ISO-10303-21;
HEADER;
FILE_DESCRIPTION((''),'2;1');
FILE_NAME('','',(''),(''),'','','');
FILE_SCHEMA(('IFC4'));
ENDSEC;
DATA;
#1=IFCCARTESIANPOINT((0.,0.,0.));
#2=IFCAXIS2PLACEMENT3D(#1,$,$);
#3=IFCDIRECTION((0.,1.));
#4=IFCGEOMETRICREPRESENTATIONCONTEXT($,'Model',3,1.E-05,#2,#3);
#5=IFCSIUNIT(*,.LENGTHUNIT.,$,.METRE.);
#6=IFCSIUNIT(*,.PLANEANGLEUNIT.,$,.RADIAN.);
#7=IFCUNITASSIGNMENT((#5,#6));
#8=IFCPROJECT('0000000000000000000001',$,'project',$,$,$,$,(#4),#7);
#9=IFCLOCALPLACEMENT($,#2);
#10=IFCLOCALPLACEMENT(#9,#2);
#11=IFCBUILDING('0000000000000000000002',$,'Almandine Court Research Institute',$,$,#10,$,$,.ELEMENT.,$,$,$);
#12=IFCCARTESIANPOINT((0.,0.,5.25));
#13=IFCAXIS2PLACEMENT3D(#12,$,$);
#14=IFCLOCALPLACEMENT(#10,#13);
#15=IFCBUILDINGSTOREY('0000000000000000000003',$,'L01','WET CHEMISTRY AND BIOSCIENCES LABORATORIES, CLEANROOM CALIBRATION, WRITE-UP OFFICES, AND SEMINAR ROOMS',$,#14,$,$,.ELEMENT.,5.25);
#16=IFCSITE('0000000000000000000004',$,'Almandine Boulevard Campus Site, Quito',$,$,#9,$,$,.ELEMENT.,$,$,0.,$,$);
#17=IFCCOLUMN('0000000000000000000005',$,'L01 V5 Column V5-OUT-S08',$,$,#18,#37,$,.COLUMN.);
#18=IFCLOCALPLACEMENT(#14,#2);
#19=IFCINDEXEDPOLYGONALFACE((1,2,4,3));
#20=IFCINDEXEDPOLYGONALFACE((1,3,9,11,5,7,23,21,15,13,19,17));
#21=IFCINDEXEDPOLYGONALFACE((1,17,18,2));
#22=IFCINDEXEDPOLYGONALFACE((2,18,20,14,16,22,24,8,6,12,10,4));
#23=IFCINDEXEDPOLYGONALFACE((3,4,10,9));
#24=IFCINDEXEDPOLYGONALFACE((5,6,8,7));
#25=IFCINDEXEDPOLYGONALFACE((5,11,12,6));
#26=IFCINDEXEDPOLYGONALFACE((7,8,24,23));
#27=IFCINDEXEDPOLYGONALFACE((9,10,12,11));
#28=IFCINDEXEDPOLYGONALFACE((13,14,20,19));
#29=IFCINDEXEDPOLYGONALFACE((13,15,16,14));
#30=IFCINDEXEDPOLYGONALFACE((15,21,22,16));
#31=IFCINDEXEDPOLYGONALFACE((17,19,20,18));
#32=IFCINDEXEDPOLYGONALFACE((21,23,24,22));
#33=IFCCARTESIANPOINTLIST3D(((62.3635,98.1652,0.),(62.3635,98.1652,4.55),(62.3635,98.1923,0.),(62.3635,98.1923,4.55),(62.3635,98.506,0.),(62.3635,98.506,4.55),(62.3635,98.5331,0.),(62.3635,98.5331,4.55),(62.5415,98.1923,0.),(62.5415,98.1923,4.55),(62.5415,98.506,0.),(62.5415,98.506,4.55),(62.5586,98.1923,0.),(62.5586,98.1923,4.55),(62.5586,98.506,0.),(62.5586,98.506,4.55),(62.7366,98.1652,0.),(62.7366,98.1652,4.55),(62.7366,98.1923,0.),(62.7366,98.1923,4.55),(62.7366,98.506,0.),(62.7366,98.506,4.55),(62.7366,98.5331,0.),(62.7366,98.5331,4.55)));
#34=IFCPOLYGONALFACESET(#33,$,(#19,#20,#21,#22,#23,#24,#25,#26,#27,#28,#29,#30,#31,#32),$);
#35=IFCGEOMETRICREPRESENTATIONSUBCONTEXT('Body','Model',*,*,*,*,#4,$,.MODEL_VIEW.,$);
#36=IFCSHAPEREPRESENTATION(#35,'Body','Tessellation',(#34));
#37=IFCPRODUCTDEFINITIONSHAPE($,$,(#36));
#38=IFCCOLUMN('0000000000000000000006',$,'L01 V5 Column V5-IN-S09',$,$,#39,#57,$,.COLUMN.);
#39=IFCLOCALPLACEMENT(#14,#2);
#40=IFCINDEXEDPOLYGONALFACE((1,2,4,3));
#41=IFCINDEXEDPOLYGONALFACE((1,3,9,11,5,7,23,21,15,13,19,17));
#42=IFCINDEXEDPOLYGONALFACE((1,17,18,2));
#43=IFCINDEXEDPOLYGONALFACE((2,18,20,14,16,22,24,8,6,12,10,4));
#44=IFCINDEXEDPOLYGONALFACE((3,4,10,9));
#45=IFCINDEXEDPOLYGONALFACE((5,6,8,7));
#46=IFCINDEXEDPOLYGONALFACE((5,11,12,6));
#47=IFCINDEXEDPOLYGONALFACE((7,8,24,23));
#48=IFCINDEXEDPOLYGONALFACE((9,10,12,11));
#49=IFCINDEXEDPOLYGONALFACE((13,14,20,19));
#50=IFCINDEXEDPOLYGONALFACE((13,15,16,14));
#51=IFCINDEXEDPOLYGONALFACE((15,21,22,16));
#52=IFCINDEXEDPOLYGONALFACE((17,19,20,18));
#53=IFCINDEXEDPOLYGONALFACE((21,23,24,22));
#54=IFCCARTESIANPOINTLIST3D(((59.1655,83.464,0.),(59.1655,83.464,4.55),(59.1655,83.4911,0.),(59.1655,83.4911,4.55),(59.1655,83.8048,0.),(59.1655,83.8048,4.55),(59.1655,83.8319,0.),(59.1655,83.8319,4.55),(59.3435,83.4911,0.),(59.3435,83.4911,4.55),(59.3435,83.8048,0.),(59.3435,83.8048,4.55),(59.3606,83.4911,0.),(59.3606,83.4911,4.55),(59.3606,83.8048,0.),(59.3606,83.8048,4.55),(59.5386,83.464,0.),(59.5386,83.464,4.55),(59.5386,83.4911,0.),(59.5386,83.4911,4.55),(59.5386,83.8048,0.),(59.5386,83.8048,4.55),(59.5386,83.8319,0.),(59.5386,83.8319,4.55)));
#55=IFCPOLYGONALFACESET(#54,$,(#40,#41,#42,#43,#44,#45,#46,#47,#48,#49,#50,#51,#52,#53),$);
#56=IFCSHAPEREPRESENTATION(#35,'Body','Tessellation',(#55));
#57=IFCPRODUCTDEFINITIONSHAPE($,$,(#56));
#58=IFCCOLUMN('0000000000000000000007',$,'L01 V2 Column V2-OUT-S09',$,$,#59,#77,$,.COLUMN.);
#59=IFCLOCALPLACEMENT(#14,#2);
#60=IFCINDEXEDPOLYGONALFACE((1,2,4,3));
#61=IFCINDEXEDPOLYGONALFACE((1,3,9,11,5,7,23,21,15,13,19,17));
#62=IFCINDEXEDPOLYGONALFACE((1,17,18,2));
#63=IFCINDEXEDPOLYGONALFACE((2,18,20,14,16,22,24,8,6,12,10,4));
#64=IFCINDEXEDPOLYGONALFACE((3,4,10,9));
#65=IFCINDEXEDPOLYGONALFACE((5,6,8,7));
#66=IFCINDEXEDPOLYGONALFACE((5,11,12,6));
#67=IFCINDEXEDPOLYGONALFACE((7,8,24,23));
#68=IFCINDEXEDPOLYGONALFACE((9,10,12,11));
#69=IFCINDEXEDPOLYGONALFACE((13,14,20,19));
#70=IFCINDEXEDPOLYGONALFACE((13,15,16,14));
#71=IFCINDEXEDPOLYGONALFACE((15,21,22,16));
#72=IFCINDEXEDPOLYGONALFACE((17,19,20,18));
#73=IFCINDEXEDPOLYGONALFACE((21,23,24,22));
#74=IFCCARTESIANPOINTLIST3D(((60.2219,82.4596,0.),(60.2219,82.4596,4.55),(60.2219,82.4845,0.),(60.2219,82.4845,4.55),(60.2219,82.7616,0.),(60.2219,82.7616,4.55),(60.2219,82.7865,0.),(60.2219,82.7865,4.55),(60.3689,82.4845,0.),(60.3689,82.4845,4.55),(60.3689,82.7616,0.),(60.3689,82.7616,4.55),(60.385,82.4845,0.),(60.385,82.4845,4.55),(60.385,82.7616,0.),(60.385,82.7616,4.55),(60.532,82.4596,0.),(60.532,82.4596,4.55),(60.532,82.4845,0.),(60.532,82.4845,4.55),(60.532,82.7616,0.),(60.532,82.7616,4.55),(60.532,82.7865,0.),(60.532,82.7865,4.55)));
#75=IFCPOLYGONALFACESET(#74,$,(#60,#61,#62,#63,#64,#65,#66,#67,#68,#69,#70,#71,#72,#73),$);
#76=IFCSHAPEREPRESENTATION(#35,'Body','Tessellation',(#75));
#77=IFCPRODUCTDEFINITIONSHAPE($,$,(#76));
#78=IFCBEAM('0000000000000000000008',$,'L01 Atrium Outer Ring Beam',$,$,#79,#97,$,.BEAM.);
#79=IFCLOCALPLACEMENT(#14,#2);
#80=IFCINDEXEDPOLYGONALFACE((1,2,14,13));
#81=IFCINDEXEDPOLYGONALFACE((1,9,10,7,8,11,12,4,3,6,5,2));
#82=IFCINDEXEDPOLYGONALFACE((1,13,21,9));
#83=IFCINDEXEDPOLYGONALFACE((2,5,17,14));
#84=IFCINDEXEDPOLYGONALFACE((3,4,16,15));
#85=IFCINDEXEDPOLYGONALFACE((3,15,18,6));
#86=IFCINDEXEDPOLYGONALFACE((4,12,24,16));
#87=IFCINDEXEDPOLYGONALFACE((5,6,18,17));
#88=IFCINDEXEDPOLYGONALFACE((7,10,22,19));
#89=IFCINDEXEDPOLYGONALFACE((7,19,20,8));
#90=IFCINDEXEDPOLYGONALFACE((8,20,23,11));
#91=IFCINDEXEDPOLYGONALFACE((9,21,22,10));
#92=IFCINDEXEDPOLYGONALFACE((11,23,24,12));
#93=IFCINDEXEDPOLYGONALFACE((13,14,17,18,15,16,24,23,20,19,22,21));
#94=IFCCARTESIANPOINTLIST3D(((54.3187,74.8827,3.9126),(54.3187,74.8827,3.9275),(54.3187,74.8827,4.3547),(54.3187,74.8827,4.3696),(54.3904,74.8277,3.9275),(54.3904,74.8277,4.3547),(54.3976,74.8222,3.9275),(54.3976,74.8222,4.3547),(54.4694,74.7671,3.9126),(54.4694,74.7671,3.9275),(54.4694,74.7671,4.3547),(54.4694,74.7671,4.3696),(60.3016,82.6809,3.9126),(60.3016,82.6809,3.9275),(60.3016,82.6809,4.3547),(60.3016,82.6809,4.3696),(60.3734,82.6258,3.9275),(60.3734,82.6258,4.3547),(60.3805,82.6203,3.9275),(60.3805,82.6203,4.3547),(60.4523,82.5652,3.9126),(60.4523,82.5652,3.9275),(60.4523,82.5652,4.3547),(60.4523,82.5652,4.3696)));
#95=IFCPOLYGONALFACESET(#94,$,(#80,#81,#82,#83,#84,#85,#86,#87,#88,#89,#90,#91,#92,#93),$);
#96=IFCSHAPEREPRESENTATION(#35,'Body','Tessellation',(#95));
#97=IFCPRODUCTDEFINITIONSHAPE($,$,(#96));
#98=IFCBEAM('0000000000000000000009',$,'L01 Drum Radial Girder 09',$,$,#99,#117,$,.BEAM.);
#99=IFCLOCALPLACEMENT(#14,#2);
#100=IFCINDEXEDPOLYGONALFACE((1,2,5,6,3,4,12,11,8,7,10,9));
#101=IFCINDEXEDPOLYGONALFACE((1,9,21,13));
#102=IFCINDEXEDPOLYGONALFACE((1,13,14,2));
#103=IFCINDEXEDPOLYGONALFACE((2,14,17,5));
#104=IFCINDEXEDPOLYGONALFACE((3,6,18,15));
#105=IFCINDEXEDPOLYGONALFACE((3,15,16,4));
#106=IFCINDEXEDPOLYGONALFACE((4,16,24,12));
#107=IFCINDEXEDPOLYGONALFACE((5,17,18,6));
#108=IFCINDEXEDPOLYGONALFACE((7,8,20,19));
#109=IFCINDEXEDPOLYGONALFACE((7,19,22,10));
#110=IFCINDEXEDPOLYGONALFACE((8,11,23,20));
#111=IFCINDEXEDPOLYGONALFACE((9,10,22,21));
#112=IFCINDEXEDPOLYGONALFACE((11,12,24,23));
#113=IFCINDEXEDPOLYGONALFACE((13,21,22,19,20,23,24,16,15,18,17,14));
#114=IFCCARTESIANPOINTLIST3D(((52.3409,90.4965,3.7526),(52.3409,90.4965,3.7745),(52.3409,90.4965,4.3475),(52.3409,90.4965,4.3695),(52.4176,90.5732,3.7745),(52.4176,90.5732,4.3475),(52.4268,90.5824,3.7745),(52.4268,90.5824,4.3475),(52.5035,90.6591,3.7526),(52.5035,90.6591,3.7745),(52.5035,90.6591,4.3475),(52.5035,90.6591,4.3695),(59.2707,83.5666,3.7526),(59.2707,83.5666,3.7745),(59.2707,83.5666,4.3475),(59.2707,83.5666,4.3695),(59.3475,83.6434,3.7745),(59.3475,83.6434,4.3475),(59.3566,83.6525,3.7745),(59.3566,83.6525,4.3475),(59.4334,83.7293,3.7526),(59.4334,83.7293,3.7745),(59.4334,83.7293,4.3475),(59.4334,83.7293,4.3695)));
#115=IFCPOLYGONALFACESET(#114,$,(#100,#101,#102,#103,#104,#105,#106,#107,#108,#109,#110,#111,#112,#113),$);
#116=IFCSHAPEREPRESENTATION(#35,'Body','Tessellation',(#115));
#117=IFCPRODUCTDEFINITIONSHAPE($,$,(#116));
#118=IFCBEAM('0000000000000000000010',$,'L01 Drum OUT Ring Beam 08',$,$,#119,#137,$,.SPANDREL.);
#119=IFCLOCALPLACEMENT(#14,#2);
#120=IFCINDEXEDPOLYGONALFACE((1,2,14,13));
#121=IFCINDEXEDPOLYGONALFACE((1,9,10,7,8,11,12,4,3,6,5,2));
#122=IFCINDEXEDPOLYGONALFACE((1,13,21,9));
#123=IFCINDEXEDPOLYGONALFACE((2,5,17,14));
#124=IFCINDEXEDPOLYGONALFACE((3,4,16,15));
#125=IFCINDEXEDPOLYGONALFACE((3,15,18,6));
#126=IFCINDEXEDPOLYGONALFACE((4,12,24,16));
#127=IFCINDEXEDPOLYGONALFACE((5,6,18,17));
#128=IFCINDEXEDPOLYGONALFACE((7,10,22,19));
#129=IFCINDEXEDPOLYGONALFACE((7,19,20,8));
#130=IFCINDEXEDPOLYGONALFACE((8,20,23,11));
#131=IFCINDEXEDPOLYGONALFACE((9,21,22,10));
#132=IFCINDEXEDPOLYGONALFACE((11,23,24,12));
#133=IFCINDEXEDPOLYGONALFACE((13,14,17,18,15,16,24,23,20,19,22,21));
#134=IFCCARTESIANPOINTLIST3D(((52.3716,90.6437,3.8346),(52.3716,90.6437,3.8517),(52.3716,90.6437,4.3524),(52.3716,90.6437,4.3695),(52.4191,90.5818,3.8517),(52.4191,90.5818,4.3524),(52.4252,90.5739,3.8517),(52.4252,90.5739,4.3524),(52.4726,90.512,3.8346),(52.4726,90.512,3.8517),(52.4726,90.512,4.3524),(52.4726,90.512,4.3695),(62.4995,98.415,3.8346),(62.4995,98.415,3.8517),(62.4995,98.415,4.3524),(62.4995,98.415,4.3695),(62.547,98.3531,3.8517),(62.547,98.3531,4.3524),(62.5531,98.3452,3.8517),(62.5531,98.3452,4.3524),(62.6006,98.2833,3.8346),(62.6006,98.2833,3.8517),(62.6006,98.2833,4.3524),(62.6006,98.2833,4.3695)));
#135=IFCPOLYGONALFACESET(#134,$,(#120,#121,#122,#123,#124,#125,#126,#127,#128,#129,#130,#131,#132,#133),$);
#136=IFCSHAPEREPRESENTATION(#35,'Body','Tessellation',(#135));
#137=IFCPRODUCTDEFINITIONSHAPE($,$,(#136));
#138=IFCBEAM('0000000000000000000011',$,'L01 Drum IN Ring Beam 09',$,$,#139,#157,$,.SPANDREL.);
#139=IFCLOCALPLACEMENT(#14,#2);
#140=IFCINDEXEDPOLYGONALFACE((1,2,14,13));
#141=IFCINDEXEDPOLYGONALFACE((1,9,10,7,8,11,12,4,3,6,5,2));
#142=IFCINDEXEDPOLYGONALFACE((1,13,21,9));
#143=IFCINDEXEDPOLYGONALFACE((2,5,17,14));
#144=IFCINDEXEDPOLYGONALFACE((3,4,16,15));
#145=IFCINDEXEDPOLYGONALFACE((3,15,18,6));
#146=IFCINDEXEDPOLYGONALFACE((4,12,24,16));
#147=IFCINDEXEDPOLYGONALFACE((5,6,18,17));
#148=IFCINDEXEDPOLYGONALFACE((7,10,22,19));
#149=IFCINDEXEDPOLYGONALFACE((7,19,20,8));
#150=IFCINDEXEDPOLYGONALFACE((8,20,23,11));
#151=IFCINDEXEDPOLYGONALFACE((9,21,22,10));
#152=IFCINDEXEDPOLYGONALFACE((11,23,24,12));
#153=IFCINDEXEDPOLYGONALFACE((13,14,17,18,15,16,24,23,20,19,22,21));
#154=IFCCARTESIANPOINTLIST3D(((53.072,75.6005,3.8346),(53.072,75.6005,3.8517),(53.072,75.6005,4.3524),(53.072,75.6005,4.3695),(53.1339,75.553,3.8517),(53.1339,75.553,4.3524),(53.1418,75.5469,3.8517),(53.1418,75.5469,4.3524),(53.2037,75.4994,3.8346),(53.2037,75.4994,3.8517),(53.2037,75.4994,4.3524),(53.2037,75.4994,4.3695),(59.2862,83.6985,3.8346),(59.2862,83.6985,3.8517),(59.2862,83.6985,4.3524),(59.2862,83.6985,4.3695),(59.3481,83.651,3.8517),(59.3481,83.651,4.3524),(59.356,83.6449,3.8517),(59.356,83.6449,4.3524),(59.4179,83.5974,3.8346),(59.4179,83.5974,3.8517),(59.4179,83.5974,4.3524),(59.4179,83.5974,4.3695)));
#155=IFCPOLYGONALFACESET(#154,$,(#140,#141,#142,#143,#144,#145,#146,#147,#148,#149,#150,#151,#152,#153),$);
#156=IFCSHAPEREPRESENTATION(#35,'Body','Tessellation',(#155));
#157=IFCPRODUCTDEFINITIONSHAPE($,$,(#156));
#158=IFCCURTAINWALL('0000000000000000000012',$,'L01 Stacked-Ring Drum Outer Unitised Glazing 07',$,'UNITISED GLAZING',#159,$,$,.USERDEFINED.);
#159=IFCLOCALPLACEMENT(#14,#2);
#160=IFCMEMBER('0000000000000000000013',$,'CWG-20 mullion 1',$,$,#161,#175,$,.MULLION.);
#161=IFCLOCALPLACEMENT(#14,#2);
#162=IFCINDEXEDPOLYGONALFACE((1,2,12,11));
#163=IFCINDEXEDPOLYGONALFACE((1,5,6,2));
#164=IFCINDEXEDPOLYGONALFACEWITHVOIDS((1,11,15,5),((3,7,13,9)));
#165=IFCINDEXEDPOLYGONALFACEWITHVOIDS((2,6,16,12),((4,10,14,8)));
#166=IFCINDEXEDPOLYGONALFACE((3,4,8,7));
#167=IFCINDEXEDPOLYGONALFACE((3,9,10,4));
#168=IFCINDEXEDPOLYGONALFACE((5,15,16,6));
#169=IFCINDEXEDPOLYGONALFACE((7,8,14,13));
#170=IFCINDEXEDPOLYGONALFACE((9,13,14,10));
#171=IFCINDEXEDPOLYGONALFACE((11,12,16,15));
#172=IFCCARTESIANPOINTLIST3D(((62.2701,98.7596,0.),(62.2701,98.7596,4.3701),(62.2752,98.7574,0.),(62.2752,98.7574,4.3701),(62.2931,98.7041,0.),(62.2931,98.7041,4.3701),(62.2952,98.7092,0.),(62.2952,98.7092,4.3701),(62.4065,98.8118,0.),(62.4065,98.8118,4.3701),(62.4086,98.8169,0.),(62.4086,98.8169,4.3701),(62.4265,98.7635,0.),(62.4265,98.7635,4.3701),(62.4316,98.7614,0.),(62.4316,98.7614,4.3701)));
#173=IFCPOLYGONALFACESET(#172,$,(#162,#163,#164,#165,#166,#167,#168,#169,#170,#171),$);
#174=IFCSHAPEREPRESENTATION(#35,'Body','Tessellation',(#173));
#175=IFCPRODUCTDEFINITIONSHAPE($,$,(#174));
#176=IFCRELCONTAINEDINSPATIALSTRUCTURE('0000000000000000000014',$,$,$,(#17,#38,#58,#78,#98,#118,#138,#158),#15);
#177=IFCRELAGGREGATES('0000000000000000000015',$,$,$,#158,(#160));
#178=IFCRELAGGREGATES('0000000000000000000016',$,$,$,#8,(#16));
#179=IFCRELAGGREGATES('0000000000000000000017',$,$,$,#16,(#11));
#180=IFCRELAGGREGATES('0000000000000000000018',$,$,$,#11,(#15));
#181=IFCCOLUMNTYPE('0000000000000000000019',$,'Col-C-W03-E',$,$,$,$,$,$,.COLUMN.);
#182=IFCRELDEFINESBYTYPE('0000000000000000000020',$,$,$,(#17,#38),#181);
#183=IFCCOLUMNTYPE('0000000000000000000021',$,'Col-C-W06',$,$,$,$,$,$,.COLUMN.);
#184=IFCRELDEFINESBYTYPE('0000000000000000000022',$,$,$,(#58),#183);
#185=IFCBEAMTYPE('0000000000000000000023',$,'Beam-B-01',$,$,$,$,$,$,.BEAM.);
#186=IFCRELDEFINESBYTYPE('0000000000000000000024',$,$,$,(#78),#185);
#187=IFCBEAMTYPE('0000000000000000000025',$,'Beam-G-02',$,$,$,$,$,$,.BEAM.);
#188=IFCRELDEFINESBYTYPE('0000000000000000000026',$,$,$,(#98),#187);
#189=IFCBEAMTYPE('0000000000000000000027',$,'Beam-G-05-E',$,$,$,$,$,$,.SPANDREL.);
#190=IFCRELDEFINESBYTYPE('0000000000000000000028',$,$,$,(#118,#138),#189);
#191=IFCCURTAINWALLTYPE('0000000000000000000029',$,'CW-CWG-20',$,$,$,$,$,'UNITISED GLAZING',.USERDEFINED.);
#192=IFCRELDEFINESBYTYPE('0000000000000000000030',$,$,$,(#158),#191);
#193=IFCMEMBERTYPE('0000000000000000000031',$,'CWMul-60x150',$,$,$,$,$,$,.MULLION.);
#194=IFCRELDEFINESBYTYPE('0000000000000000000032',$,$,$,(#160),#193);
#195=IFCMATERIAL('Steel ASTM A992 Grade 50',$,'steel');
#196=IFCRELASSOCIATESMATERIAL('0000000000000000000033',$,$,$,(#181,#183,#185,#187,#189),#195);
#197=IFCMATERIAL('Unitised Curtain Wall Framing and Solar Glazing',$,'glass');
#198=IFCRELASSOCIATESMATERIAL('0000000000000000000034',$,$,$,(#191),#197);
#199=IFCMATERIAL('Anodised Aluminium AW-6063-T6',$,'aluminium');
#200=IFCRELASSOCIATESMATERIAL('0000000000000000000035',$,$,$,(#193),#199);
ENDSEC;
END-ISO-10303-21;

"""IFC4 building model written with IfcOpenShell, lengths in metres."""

from ifc_helpers import new_model, si_unit, direction, frame, origin, origin_2d, place, context, subcontext, project, spatial, hollow_rectangle, i_section, extrude, material, material_profile, profile_set, type_object, element, aggregate, save


model = new_model("IFC4")

# Units and contexts
model_context = context("Model", 3, precision=1e-05, world=origin(), true_north=direction((0.0, 1.0)))
body_context = subcontext(model_context, "Body", "Model", "MODEL_VIEW")
ifc_project = project(units=[si_unit("LENGTHUNIT", "METRE"), si_unit("PLANEANGLEUNIT", "RADIAN")], contexts=[model_context])

# Site, building, storey
site_placement = place(None, origin())
site = spatial("IfcSite", under=ifc_project, at=site_placement, Name="Almandine Boulevard Campus Site, Quito", CompositionType="ELEMENT", RefElevation=0.0)
building_placement = place(site_placement, origin())
building = spatial("IfcBuilding", under=site, at=building_placement, Name="Almandine Court Research Institute", CompositionType="ELEMENT")
storey_placement = place(building_placement, frame((0.0, 0.0, 5.25)))
storey = spatial("IfcBuildingStorey", under=building, at=storey_placement, Name="L01", Description="WET CHEMISTRY AND BIOSCIENCES LABORATORIES, CLEANROOM CALIBRATION, WRITE-UP OFFICES, AND SEMINAR ROOMS", CompositionType="ELEMENT", Elevation=5.25)

# Columns
ifc_material_1 = material(Name="Steel ASTM A992 Grade 50", Category="steel")
ifc_material_profile_1 = material_profile(ifc_material_1, i_section(OverallWidth=0.373, OverallDepth=0.3679, WebThickness=0.0171, FlangeThickness=0.0271, at=origin_2d()), Name="W360x179")
ifc_profile_set_1 = profile_set([ifc_material_profile_1], Name="Steel ASTM A992 Grade 50")
column_type_1 = type_object("IfcColumnType", Name="Col-C-W03-E", PredefinedType="COLUMN", material=ifc_profile_set_1)
for number, where, z_axis, x_axis, name in (
    (1, (62.55, 98.3491, 0.0), (0.0, 0.0, 1.0), (1.0, 0.0, 0.0), "L01 V5 Column V5-OUT-S08"),
    (2, (59.3521, 83.6479, 0.0), (0.0, 0.0, 1.0), (1.0, 0.0, 0.0), "L01 V5 Column V5-IN-S09"),
):
    element("IfcColumn", number, at=place(storey_placement, frame(where, z_axis=z_axis, x_axis=x_axis)), inside=storey, type_object=column_type_1, Name=name, PredefinedType="COLUMN", context=body_context, shape_type="SweptSolid", body=[
        extrude(i_section(OverallWidth=0.373, OverallDepth=0.3679, WebThickness=0.0171, FlangeThickness=0.0271, at=origin_2d()), origin(), (0.0, 0.0, 1.0), 4.55),
    ])
ifc_material_profile_2 = material_profile(ifc_material_1, i_section(OverallWidth=0.3101, OverallDepth=0.3269, WebThickness=0.0161, FlangeThickness=0.0249, at=origin_2d()), Name="W310x158")
ifc_profile_set_2 = profile_set([ifc_material_profile_2], Name="Steel ASTM A992 Grade 50")
column_type_2 = type_object("IfcColumnType", Name="Col-C-W06", PredefinedType="COLUMN", material=ifc_profile_set_2)
column_placement = place(storey_placement, frame((60.377, 82.623, 0.0), z_axis=(0.0, 0.0, 1.0), x_axis=(1.0, 0.0, 0.0)))
element("IfcColumn", 3, at=column_placement, inside=storey, type_object=column_type_2, Name="L01 V2 Column V2-OUT-S09", PredefinedType="COLUMN", context=body_context, shape_type="SweptSolid", body=[
    extrude(i_section(OverallWidth=0.3101, OverallDepth=0.3269, WebThickness=0.0161, FlangeThickness=0.0249, at=origin_2d()), origin(), (0.0, 0.0, 1.0), 4.55),
])

# Beams
ifc_material_profile_3 = material_profile(ifc_material_1, i_section(OverallWidth=0.1899, OverallDepth=0.457, WebThickness=0.009, FlangeThickness=0.0149, at=origin_2d()), Name="W460x74")
ifc_profile_set_3 = profile_set([ifc_material_profile_3], Name="Steel ASTM A992 Grade 50")
beam_type_1 = type_object("IfcBeamType", Name="Beam-B-01", PredefinedType="BEAM", material=ifc_profile_set_3)
beam_1_placement = place(storey_placement, frame((60.377, 82.623, 4.1411), z_axis=(-0.608712, -0.793392, 0.0), x_axis=(0.793392, -0.608712, 0.0)))
element("IfcBeam", 4, at=beam_1_placement, inside=storey, type_object=beam_type_1, Name="L01 Atrium Outer Ring Beam", PredefinedType="BEAM", context=body_context, shape_type="SweptSolid", body=[
    extrude(i_section(OverallWidth=0.1899, OverallDepth=0.457, WebThickness=0.009, FlangeThickness=0.0149, at=origin_2d()), origin(), (0.0, 0.0, 1.0), 9.8289),
])
ifc_material_profile_4 = material_profile(ifc_material_1, i_section(OverallWidth=0.23, OverallDepth=0.6169, WebThickness=0.0129, FlangeThickness=0.022, at=origin_2d()), Name="W610x140")
ifc_profile_set_4 = profile_set([ifc_material_profile_4], Name="Steel ASTM A992 Grade 50")
beam_type_2 = type_object("IfcBeamType", Name="Beam-G-02", PredefinedType="BEAM", material=ifc_profile_set_4)
beam_2_placement = place(storey_placement, frame((59.3521, 83.6479, 4.061), z_axis=(-0.707107, 0.707107, 0.0), x_axis=(-0.707107, -0.707107, 0.0)))
element("IfcBeam", 5, at=beam_2_placement, inside=storey, type_object=beam_type_2, Name="L01 Drum Radial Girder 09", PredefinedType="BEAM", context=body_context, shape_type="SweptSolid", body=[
    extrude(i_section(OverallWidth=0.23, OverallDepth=0.6169, WebThickness=0.0129, FlangeThickness=0.022, at=origin_2d()), origin(), (0.0, 0.0, 1.0), 9.8003),
])
ifc_material_profile_5 = material_profile(ifc_material_1, i_section(OverallWidth=0.166, OverallDepth=0.5349, WebThickness=0.01, FlangeThickness=0.0171, at=origin_2d()), Name="W530x85")
ifc_profile_set_5 = profile_set([ifc_material_profile_5], Name="Steel ASTM A992 Grade 50")
beam_type_3 = type_object("IfcBeamType", Name="Beam-G-05-E", PredefinedType="SPANDREL", material=ifc_profile_set_5)
beam_3_placement = place(storey_placement, frame((62.55, 98.3491, 4.1021), z_axis=(-0.793361, -0.608752, 0.0), x_axis=(0.608752, -0.793361, 0.0)))
element("IfcBeam", 6, at=beam_3_placement, inside=storey, type_object=beam_type_3, Name="L01 Drum OUT Ring Beam 08", PredefinedType="SPANDREL", context=body_context, shape_type="SweptSolid", body=[
    extrude(i_section(OverallWidth=0.166, OverallDepth=0.5349, WebThickness=0.01, FlangeThickness=0.0171, at=origin_2d()), origin(), (0.0, 0.0, 1.0), 12.7659),
])
beam_4_placement = place(storey_placement, frame((59.3521, 83.6479, 4.1021), z_axis=(-0.608784, -0.793336, 0.0), x_axis=(0.793336, -0.608784, 0.0)))
element("IfcBeam", 7, at=beam_4_placement, inside=storey, type_object=beam_type_3, Name="L01 Drum IN Ring Beam 09", PredefinedType="SPANDREL", context=body_context, shape_type="SweptSolid", body=[
    extrude(i_section(OverallWidth=0.166, OverallDepth=0.5349, WebThickness=0.01, FlangeThickness=0.0171, at=origin_2d()), origin(), (0.0, 0.0, 1.0), 10.2075),
])

# Curtain wall, member
ifc_material_2 = material(Name="Unitised Curtain Wall Framing and Solar Glazing", Category="glass")
curtain_wall_type_1 = type_object("IfcCurtainWallType", Name="CW-CWG-20", ElementType="UNITISED GLAZING", PredefinedType="USERDEFINED", material=ifc_material_2)
curtain_wall_1_placement = place(storey_placement, origin())
curtain_wall_1 = element("IfcCurtainWall", 8, at=curtain_wall_1_placement, inside=storey, type_object=curtain_wall_type_1, Name="L01 Stacked-Ring Drum Outer Unitised Glazing 07", ObjectType="UNITISED GLAZING", PredefinedType="USERDEFINED")
ifc_material_3 = material(Name="Anodised Aluminium AW-6063-T6", Category="aluminium")
ifc_material_profile_6 = material_profile(ifc_material_3, hollow_rectangle(XDim=0.0601, YDim=0.1499, WallThickness=0.0039, at=origin_2d()), Name="ALU RHS 60x150x4")
ifc_profile_set_6 = profile_set([ifc_material_profile_6], Name="Anodised Aluminium AW-6063-T6")
member_type_1 = type_object("IfcMemberType", Name="CWMul-60x150", PredefinedType="MULLION", material=ifc_profile_set_6)
member_1_placement = place(storey_placement, frame((62.3508, 98.7605, 0.0), z_axis=(0.0, 0.0, 1.0), x_axis=(-0.382663, 0.923888, 0.0)))
member_1 = element("IfcMember", 9, at=member_1_placement, type_object=member_type_1, Name="CWG-20 mullion 1", PredefinedType="MULLION", context=body_context, shape_type="SweptSolid", body=[
    extrude(hollow_rectangle(XDim=0.0601, YDim=0.1499, WallThickness=0.0039, at=origin_2d()), origin(), (0.0, 0.0, 1.0), 4.3701),
])

aggregate(curtain_wall_1, [member_1])

save(model, "model.ifc")
